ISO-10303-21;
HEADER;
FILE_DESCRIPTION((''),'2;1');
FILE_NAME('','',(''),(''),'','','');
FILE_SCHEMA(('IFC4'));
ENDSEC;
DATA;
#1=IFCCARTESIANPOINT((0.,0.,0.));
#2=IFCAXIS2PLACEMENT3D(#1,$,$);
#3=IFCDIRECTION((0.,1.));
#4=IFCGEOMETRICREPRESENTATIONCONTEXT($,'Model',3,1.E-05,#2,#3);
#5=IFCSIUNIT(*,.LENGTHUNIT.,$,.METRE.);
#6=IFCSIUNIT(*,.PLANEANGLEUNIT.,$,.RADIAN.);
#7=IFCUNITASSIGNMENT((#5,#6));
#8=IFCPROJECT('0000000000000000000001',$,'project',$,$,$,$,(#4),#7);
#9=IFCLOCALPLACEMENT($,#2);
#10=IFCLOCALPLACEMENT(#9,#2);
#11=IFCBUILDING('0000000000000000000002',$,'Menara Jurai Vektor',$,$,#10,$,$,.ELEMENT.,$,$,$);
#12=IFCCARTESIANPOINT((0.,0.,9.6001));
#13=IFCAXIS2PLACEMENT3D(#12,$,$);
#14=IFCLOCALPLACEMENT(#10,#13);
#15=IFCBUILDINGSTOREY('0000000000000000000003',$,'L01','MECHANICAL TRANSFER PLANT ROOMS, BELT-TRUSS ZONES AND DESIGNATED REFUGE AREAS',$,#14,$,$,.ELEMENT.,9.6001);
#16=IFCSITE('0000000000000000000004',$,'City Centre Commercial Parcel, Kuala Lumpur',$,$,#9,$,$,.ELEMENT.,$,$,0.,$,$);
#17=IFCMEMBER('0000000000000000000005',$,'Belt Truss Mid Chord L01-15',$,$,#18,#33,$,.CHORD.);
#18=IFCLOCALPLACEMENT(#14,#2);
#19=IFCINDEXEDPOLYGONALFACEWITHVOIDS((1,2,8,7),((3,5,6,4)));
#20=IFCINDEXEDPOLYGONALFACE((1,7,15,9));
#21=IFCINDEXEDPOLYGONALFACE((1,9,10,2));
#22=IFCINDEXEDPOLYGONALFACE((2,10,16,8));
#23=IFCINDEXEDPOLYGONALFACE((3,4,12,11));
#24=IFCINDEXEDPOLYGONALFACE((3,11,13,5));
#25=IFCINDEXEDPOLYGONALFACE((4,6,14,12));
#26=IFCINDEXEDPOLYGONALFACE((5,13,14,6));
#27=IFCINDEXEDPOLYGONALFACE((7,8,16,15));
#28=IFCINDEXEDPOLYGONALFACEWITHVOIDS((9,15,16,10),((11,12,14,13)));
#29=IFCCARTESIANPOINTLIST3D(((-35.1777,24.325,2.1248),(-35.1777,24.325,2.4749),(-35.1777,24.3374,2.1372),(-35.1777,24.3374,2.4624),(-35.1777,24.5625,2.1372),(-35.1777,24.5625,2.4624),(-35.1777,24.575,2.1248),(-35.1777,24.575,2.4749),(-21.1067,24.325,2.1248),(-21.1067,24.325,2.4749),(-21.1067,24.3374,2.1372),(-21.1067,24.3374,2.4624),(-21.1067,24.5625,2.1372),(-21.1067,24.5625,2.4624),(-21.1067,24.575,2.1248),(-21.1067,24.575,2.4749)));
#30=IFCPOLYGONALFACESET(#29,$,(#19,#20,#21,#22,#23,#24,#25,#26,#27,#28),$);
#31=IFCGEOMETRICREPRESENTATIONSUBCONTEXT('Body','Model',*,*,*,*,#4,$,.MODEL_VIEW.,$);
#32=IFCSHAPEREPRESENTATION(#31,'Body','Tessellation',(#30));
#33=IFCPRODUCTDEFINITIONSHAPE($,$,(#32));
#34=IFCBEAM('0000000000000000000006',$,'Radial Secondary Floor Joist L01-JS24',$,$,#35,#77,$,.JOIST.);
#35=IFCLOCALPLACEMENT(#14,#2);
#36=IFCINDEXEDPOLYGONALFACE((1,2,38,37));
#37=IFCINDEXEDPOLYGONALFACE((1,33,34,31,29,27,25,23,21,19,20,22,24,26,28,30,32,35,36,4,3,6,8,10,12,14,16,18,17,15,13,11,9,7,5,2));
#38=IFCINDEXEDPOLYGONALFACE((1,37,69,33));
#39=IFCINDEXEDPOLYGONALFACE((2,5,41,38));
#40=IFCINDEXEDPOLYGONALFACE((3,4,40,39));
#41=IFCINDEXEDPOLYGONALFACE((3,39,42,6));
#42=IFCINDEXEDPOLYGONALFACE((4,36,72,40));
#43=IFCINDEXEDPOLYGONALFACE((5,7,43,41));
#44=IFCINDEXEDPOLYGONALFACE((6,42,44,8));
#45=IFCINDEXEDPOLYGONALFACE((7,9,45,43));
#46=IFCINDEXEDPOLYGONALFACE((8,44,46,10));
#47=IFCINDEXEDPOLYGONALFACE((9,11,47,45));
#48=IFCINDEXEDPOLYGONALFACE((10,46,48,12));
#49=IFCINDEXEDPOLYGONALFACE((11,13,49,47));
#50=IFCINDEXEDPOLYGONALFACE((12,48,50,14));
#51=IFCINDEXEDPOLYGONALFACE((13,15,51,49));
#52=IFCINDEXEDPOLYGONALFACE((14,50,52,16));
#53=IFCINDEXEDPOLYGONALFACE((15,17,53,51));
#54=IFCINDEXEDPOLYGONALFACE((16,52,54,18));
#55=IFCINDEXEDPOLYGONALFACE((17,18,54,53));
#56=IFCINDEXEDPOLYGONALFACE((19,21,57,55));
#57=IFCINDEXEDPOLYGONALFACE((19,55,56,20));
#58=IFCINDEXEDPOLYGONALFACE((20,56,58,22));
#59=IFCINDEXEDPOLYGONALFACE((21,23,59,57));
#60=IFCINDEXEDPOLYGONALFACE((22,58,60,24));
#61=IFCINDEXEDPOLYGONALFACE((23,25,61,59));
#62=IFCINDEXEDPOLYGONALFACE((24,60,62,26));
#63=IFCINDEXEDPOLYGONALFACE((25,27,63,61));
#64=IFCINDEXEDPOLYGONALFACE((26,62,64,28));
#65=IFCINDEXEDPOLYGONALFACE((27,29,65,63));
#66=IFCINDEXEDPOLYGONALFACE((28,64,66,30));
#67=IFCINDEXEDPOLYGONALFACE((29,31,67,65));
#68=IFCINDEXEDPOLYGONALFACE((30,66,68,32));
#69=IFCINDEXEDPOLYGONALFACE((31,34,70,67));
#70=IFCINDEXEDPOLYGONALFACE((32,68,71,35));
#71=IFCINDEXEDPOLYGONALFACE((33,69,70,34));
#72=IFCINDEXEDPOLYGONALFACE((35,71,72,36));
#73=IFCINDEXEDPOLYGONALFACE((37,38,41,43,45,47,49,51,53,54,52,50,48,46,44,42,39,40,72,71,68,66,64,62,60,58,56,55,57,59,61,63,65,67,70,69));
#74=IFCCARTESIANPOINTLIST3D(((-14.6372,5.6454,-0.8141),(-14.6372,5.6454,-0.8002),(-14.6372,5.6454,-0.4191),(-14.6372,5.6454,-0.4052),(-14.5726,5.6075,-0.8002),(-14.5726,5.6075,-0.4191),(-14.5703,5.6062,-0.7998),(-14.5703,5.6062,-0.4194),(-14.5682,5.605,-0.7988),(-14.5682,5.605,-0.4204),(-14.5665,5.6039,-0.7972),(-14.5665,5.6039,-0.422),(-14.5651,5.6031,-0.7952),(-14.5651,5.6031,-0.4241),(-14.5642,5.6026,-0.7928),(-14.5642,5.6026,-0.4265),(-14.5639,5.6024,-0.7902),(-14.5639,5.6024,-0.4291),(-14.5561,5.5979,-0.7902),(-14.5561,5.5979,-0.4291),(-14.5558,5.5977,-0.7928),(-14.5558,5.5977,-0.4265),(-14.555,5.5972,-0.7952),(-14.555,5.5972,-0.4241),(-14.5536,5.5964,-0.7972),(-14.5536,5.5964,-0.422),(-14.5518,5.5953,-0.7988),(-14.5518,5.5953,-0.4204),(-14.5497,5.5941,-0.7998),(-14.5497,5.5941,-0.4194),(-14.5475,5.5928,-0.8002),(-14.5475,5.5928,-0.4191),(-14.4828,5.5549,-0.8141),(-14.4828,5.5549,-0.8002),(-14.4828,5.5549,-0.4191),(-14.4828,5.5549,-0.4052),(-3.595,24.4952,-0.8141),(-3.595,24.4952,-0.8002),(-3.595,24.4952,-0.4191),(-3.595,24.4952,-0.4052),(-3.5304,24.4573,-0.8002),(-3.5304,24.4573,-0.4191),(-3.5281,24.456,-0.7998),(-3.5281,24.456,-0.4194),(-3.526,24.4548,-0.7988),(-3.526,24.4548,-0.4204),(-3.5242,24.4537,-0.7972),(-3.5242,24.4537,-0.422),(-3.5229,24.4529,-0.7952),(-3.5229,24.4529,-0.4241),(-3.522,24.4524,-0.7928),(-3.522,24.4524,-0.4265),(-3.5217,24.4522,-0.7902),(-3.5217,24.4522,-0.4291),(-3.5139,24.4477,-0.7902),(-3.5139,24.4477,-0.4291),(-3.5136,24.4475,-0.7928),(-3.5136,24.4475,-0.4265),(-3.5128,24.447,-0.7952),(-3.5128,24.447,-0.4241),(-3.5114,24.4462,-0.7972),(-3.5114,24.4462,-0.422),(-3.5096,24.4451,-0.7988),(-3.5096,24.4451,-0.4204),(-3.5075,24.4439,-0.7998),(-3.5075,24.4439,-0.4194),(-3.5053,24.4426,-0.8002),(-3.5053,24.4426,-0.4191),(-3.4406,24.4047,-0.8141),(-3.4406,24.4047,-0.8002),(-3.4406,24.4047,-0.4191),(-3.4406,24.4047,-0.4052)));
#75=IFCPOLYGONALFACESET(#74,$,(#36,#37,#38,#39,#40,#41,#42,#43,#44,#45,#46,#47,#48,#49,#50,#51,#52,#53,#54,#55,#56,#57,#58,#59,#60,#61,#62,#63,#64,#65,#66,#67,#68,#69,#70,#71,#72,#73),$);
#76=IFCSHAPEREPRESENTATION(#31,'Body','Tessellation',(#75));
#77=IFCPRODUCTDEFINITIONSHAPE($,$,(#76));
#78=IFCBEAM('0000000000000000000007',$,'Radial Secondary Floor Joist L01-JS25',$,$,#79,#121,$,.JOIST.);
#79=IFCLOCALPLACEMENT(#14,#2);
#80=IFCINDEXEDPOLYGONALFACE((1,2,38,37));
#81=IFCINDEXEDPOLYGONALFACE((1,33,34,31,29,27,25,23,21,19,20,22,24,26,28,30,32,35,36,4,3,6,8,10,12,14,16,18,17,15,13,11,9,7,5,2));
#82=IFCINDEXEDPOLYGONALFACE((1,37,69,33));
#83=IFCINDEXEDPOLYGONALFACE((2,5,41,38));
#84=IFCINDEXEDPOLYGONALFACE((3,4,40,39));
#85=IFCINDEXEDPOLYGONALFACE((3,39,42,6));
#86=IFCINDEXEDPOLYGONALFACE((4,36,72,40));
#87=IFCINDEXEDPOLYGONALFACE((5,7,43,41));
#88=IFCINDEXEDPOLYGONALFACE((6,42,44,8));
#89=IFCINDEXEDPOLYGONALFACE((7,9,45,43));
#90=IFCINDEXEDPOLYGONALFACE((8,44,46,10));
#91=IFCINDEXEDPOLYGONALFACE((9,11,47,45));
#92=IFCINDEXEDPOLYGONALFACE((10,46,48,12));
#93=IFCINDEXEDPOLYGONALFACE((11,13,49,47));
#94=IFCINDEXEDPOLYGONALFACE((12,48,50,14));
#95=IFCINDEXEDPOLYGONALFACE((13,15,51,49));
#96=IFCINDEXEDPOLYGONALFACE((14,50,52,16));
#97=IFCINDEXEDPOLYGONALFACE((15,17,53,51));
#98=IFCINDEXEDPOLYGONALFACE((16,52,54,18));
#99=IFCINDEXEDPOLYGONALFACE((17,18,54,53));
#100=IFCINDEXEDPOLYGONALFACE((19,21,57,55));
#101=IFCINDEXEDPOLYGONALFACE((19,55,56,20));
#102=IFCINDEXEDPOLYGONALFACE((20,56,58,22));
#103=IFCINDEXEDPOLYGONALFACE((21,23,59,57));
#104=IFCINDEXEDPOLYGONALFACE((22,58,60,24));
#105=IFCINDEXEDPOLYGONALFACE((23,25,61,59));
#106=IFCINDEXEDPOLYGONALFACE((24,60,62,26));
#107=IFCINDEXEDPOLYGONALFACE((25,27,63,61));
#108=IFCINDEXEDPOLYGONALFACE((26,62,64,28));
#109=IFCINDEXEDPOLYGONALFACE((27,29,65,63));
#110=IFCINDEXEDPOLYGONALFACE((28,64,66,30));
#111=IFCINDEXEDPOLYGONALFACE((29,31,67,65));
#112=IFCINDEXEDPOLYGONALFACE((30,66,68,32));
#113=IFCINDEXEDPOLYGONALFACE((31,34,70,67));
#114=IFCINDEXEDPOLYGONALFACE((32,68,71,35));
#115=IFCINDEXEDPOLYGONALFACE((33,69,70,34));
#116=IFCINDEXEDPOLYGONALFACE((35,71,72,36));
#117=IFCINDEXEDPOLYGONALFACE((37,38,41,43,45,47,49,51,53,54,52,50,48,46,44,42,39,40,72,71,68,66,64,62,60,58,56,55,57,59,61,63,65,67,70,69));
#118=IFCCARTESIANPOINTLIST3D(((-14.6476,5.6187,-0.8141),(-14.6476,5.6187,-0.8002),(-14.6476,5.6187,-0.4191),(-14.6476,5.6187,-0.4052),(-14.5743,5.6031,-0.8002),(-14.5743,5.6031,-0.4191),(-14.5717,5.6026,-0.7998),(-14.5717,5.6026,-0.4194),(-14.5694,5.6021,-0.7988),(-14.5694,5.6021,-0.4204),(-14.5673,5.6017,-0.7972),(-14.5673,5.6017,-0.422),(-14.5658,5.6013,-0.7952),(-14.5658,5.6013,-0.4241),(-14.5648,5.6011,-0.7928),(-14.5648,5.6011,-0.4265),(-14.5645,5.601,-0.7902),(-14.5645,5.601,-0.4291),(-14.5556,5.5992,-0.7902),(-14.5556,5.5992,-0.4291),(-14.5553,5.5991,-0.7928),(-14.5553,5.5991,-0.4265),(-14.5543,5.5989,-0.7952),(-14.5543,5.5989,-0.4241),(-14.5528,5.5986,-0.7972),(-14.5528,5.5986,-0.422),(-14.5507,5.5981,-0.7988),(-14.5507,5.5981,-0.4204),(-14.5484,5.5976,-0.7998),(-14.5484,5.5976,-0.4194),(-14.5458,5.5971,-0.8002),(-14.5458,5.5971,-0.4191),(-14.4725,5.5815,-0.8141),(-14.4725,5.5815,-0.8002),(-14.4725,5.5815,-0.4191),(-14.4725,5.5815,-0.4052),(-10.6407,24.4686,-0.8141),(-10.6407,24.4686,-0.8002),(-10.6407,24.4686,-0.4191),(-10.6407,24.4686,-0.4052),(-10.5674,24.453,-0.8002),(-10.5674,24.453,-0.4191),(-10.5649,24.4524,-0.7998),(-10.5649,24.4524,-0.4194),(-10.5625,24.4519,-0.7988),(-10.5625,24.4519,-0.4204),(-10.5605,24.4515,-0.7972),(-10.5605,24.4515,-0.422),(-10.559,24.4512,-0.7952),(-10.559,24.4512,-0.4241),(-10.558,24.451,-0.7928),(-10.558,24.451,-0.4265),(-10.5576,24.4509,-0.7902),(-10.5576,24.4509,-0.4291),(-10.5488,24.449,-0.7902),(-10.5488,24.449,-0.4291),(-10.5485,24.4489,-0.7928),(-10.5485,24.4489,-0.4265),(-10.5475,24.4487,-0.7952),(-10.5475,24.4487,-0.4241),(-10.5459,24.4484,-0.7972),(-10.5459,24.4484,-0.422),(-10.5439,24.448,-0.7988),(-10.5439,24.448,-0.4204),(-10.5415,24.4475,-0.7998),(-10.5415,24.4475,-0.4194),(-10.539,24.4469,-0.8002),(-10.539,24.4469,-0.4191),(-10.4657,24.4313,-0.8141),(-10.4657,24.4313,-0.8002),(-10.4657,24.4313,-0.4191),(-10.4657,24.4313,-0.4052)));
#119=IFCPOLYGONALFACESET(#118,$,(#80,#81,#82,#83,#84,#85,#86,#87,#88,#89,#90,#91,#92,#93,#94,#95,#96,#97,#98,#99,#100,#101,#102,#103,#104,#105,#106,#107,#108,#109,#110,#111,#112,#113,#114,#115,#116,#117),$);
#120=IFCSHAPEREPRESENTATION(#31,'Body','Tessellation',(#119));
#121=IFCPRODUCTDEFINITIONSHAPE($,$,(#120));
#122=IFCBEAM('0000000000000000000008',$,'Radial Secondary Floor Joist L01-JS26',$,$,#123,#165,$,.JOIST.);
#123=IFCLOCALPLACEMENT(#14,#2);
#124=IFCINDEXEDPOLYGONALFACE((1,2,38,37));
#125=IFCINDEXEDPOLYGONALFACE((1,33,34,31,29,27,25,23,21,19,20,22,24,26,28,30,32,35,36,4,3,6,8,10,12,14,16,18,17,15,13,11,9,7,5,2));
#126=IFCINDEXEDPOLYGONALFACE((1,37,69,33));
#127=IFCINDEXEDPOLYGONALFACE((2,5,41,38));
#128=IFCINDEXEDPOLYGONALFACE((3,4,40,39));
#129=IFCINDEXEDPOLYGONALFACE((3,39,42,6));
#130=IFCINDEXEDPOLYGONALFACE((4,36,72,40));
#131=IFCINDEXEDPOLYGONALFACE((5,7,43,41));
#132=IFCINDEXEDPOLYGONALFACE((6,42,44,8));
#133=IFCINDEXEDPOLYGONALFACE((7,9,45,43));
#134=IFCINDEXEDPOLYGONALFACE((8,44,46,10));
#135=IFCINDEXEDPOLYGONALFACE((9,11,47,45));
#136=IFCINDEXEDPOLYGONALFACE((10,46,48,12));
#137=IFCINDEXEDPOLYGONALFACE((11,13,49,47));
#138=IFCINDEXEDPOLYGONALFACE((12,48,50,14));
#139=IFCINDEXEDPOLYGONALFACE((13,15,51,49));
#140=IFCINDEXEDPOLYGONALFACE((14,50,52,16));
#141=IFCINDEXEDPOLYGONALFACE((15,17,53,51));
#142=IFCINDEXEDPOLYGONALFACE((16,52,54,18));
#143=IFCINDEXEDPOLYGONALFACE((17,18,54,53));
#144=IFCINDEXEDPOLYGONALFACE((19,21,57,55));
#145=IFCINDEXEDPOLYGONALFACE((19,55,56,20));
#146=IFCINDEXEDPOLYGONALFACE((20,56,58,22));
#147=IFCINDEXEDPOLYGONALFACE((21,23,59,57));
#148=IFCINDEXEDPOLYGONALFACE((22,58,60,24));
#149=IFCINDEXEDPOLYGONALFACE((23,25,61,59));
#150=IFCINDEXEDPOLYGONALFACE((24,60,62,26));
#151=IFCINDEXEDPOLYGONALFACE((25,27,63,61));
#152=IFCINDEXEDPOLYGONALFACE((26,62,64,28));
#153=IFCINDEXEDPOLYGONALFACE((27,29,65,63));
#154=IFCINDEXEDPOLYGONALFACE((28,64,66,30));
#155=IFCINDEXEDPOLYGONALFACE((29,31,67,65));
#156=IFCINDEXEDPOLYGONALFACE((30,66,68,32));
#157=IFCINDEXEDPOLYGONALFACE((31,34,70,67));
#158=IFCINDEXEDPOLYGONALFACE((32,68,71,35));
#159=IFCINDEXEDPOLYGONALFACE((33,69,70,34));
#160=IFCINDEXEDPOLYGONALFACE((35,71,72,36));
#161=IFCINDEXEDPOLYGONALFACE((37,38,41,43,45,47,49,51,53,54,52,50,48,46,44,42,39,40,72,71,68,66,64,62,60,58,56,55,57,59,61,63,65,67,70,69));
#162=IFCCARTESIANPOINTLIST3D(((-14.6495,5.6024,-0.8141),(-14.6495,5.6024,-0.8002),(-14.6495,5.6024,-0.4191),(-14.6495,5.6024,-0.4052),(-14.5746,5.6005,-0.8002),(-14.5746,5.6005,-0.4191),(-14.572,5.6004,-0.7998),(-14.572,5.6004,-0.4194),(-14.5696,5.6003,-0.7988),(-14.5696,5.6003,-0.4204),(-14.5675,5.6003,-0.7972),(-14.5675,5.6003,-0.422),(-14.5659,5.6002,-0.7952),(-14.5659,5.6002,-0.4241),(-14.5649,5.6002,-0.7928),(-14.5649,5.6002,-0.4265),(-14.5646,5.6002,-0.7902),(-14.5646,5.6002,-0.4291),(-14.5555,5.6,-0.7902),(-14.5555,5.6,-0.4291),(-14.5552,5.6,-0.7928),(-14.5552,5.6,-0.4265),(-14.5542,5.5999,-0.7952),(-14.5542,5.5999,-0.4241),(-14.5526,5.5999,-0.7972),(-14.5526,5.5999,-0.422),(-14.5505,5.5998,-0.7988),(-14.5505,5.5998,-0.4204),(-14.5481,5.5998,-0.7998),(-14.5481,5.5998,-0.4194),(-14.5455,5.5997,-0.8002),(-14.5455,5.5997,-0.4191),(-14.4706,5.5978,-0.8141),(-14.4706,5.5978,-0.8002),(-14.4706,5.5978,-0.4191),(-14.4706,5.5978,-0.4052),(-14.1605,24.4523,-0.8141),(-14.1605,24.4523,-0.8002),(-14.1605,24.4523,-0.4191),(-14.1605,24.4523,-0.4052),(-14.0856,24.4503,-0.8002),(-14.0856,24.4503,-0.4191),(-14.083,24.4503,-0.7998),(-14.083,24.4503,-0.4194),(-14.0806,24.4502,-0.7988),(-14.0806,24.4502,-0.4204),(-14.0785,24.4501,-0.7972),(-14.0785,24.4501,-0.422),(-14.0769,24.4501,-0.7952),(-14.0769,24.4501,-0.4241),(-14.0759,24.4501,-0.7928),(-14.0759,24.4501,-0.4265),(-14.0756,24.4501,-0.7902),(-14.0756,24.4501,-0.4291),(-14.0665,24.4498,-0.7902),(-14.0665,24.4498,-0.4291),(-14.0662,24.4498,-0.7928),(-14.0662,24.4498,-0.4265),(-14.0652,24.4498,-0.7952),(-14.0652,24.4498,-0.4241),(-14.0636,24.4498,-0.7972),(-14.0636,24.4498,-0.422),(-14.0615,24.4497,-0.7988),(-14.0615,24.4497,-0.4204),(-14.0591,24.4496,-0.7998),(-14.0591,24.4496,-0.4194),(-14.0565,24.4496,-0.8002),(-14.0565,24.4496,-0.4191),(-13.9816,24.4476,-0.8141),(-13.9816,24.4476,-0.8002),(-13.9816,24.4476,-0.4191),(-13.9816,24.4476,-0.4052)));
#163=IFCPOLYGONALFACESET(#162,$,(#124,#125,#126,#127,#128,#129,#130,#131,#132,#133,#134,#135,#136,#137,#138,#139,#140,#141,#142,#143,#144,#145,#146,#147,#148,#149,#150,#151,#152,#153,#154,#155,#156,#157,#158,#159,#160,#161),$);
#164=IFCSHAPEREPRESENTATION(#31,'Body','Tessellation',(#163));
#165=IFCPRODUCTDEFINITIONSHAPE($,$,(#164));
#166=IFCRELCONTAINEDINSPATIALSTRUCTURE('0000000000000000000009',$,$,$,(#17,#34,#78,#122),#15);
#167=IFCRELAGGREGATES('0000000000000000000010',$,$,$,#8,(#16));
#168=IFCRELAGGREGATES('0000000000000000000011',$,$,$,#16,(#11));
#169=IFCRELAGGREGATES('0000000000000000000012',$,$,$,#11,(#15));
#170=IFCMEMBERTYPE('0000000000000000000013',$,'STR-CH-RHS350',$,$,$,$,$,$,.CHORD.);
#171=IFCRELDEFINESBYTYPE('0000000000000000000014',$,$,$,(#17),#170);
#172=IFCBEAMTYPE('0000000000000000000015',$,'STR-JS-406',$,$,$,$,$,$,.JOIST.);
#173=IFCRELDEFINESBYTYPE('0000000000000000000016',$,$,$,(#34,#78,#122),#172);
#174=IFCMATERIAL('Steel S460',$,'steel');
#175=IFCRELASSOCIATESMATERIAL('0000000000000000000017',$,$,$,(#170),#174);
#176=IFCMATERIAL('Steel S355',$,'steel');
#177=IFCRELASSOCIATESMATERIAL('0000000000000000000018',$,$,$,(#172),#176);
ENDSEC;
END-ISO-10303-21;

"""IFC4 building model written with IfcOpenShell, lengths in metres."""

from ifc_helpers import new_model, si_unit, direction, frame, origin, origin_2d, place, context, subcontext, project, spatial, hollow_rectangle, i_section, extrude, material, material_profile, profile_set, type_object, element, save


model = new_model("IFC4")

# Units and contexts
model_context = context("Model", 3, precision=1e-05, world=origin(), true_north=direction((0.0, 1.0)))
body_context = subcontext(model_context, "Body", "Model", "MODEL_VIEW")
ifc_project = project(units=[si_unit("LENGTHUNIT", "METRE"), si_unit("PLANEANGLEUNIT", "RADIAN")], contexts=[model_context])

# Site, building, storey
site_placement = place(None, origin())
site = spatial("IfcSite", under=ifc_project, at=site_placement, Name="City Centre Commercial Parcel, Kuala Lumpur", CompositionType="ELEMENT", RefElevation=0.0)
building_placement = place(site_placement, origin())
building = spatial("IfcBuilding", under=site, at=building_placement, Name="Menara Jurai Vektor", CompositionType="ELEMENT")
storey_placement = place(building_placement, frame((0.0, 0.0, 9.6001)))
storey = spatial("IfcBuildingStorey", under=building, at=storey_placement, Name="L01", Description="MECHANICAL TRANSFER PLANT ROOMS, BELT-TRUSS ZONES AND DESIGNATED REFUGE AREAS", CompositionType="ELEMENT", Elevation=9.6001)

# Shared definitions
ifc_material_1 = material(Name="Steel S355", Category="steel")
ifc_material_2 = material(Name="Steel S460", Category="steel")

# Member
ifc_material_profile_1 = material_profile(ifc_material_2, hollow_rectangle(XDim=0.25, YDim=0.3501, WallThickness=0.0125, at=origin_2d()), Name="RHS 350x250x12.5")
ifc_profile_set_1 = profile_set([ifc_material_profile_1], Name="Steel S460")
member_type_1 = type_object("IfcMemberType", Name="STR-CH-RHS350", PredefinedType="CHORD", material=ifc_profile_set_1)
member_1_placement = place(storey_placement, frame((-21.1067, 24.45, 2.2998), z_axis=(-1.0, 0.0, 0.0), x_axis=(0.0, -1.0, 0.0)))
element("IfcMember", 1, at=member_1_placement, inside=storey, type_object=member_type_1, Name="Belt Truss Mid Chord L01-15", PredefinedType="CHORD", context=body_context, shape_type="SweptSolid", body=[
    extrude(hollow_rectangle(XDim=0.25, YDim=0.3501, WallThickness=0.0125, at=origin_2d()), origin(), (0.0, 0.0, 1.0), 14.071),
])

# Beams
ifc_material_profile_2 = material_profile(ifc_material_1, i_section(OverallWidth=0.179, OverallDepth=0.4089, WebThickness=0.009, FlangeThickness=0.0139, FilletRadius=0.01, at=origin_2d()), Name="UKB 406x178x67")
ifc_profile_set_2 = profile_set([ifc_material_profile_2], Name="Steel S355")
beam_type_1 = type_object("IfcBeamType", Name="STR-JS-406", PredefinedType="JOIST", material=ifc_profile_set_2)
beam_1_placement = place(storey_placement, frame((-3.5178, 24.45, -0.6096), z_axis=(-0.505458, -0.862851, 0.0), x_axis=(0.862851, -0.505458, 0.0)))
element("IfcBeam", 2, at=beam_1_placement, inside=storey, type_object=beam_type_1, Name="Radial Secondary Floor Joist L01-JS24", PredefinedType="JOIST", context=body_context, shape_type="SweptSolid", body=[
    extrude(i_section(OverallWidth=0.179, OverallDepth=0.4089, WebThickness=0.009, FlangeThickness=0.0139, FilletRadius=0.01, at=origin_2d()), origin(), (0.0, 0.0, 1.0), 21.8459),
])
beam_2_placement = place(storey_placement, frame((-10.5532, 24.45, -0.6096), z_axis=(-0.20792, -0.978146, 0.0), x_axis=(0.978146, -0.20792, 0.0)))
element("IfcBeam", 3, at=beam_2_placement, inside=storey, type_object=beam_type_1, Name="Radial Secondary Floor Joist L01-JS25", PredefinedType="JOIST", context=body_context, shape_type="SweptSolid", body=[
    extrude(i_section(OverallWidth=0.179, OverallDepth=0.4089, WebThickness=0.009, FlangeThickness=0.0139, FilletRadius=0.01, at=origin_2d()), origin(), (0.0, 0.0, 1.0), 19.271),
])
beam_3_placement = place(storey_placement, frame((-14.071, 24.45, -0.6096), z_axis=(-0.025934, -0.999664, 0.0), x_axis=(0.999664, -0.025934, 0.0)))
element("IfcBeam", 4, at=beam_3_placement, inside=storey, type_object=beam_type_1, Name="Radial Secondary Floor Joist L01-JS26", PredefinedType="JOIST", context=body_context, shape_type="SweptSolid", body=[
    extrude(i_section(OverallWidth=0.179, OverallDepth=0.4089, WebThickness=0.009, FlangeThickness=0.0139, FilletRadius=0.01, at=origin_2d()), origin(), (0.0, 0.0, 1.0), 18.8562),
])

save(model, "model.ifc")
